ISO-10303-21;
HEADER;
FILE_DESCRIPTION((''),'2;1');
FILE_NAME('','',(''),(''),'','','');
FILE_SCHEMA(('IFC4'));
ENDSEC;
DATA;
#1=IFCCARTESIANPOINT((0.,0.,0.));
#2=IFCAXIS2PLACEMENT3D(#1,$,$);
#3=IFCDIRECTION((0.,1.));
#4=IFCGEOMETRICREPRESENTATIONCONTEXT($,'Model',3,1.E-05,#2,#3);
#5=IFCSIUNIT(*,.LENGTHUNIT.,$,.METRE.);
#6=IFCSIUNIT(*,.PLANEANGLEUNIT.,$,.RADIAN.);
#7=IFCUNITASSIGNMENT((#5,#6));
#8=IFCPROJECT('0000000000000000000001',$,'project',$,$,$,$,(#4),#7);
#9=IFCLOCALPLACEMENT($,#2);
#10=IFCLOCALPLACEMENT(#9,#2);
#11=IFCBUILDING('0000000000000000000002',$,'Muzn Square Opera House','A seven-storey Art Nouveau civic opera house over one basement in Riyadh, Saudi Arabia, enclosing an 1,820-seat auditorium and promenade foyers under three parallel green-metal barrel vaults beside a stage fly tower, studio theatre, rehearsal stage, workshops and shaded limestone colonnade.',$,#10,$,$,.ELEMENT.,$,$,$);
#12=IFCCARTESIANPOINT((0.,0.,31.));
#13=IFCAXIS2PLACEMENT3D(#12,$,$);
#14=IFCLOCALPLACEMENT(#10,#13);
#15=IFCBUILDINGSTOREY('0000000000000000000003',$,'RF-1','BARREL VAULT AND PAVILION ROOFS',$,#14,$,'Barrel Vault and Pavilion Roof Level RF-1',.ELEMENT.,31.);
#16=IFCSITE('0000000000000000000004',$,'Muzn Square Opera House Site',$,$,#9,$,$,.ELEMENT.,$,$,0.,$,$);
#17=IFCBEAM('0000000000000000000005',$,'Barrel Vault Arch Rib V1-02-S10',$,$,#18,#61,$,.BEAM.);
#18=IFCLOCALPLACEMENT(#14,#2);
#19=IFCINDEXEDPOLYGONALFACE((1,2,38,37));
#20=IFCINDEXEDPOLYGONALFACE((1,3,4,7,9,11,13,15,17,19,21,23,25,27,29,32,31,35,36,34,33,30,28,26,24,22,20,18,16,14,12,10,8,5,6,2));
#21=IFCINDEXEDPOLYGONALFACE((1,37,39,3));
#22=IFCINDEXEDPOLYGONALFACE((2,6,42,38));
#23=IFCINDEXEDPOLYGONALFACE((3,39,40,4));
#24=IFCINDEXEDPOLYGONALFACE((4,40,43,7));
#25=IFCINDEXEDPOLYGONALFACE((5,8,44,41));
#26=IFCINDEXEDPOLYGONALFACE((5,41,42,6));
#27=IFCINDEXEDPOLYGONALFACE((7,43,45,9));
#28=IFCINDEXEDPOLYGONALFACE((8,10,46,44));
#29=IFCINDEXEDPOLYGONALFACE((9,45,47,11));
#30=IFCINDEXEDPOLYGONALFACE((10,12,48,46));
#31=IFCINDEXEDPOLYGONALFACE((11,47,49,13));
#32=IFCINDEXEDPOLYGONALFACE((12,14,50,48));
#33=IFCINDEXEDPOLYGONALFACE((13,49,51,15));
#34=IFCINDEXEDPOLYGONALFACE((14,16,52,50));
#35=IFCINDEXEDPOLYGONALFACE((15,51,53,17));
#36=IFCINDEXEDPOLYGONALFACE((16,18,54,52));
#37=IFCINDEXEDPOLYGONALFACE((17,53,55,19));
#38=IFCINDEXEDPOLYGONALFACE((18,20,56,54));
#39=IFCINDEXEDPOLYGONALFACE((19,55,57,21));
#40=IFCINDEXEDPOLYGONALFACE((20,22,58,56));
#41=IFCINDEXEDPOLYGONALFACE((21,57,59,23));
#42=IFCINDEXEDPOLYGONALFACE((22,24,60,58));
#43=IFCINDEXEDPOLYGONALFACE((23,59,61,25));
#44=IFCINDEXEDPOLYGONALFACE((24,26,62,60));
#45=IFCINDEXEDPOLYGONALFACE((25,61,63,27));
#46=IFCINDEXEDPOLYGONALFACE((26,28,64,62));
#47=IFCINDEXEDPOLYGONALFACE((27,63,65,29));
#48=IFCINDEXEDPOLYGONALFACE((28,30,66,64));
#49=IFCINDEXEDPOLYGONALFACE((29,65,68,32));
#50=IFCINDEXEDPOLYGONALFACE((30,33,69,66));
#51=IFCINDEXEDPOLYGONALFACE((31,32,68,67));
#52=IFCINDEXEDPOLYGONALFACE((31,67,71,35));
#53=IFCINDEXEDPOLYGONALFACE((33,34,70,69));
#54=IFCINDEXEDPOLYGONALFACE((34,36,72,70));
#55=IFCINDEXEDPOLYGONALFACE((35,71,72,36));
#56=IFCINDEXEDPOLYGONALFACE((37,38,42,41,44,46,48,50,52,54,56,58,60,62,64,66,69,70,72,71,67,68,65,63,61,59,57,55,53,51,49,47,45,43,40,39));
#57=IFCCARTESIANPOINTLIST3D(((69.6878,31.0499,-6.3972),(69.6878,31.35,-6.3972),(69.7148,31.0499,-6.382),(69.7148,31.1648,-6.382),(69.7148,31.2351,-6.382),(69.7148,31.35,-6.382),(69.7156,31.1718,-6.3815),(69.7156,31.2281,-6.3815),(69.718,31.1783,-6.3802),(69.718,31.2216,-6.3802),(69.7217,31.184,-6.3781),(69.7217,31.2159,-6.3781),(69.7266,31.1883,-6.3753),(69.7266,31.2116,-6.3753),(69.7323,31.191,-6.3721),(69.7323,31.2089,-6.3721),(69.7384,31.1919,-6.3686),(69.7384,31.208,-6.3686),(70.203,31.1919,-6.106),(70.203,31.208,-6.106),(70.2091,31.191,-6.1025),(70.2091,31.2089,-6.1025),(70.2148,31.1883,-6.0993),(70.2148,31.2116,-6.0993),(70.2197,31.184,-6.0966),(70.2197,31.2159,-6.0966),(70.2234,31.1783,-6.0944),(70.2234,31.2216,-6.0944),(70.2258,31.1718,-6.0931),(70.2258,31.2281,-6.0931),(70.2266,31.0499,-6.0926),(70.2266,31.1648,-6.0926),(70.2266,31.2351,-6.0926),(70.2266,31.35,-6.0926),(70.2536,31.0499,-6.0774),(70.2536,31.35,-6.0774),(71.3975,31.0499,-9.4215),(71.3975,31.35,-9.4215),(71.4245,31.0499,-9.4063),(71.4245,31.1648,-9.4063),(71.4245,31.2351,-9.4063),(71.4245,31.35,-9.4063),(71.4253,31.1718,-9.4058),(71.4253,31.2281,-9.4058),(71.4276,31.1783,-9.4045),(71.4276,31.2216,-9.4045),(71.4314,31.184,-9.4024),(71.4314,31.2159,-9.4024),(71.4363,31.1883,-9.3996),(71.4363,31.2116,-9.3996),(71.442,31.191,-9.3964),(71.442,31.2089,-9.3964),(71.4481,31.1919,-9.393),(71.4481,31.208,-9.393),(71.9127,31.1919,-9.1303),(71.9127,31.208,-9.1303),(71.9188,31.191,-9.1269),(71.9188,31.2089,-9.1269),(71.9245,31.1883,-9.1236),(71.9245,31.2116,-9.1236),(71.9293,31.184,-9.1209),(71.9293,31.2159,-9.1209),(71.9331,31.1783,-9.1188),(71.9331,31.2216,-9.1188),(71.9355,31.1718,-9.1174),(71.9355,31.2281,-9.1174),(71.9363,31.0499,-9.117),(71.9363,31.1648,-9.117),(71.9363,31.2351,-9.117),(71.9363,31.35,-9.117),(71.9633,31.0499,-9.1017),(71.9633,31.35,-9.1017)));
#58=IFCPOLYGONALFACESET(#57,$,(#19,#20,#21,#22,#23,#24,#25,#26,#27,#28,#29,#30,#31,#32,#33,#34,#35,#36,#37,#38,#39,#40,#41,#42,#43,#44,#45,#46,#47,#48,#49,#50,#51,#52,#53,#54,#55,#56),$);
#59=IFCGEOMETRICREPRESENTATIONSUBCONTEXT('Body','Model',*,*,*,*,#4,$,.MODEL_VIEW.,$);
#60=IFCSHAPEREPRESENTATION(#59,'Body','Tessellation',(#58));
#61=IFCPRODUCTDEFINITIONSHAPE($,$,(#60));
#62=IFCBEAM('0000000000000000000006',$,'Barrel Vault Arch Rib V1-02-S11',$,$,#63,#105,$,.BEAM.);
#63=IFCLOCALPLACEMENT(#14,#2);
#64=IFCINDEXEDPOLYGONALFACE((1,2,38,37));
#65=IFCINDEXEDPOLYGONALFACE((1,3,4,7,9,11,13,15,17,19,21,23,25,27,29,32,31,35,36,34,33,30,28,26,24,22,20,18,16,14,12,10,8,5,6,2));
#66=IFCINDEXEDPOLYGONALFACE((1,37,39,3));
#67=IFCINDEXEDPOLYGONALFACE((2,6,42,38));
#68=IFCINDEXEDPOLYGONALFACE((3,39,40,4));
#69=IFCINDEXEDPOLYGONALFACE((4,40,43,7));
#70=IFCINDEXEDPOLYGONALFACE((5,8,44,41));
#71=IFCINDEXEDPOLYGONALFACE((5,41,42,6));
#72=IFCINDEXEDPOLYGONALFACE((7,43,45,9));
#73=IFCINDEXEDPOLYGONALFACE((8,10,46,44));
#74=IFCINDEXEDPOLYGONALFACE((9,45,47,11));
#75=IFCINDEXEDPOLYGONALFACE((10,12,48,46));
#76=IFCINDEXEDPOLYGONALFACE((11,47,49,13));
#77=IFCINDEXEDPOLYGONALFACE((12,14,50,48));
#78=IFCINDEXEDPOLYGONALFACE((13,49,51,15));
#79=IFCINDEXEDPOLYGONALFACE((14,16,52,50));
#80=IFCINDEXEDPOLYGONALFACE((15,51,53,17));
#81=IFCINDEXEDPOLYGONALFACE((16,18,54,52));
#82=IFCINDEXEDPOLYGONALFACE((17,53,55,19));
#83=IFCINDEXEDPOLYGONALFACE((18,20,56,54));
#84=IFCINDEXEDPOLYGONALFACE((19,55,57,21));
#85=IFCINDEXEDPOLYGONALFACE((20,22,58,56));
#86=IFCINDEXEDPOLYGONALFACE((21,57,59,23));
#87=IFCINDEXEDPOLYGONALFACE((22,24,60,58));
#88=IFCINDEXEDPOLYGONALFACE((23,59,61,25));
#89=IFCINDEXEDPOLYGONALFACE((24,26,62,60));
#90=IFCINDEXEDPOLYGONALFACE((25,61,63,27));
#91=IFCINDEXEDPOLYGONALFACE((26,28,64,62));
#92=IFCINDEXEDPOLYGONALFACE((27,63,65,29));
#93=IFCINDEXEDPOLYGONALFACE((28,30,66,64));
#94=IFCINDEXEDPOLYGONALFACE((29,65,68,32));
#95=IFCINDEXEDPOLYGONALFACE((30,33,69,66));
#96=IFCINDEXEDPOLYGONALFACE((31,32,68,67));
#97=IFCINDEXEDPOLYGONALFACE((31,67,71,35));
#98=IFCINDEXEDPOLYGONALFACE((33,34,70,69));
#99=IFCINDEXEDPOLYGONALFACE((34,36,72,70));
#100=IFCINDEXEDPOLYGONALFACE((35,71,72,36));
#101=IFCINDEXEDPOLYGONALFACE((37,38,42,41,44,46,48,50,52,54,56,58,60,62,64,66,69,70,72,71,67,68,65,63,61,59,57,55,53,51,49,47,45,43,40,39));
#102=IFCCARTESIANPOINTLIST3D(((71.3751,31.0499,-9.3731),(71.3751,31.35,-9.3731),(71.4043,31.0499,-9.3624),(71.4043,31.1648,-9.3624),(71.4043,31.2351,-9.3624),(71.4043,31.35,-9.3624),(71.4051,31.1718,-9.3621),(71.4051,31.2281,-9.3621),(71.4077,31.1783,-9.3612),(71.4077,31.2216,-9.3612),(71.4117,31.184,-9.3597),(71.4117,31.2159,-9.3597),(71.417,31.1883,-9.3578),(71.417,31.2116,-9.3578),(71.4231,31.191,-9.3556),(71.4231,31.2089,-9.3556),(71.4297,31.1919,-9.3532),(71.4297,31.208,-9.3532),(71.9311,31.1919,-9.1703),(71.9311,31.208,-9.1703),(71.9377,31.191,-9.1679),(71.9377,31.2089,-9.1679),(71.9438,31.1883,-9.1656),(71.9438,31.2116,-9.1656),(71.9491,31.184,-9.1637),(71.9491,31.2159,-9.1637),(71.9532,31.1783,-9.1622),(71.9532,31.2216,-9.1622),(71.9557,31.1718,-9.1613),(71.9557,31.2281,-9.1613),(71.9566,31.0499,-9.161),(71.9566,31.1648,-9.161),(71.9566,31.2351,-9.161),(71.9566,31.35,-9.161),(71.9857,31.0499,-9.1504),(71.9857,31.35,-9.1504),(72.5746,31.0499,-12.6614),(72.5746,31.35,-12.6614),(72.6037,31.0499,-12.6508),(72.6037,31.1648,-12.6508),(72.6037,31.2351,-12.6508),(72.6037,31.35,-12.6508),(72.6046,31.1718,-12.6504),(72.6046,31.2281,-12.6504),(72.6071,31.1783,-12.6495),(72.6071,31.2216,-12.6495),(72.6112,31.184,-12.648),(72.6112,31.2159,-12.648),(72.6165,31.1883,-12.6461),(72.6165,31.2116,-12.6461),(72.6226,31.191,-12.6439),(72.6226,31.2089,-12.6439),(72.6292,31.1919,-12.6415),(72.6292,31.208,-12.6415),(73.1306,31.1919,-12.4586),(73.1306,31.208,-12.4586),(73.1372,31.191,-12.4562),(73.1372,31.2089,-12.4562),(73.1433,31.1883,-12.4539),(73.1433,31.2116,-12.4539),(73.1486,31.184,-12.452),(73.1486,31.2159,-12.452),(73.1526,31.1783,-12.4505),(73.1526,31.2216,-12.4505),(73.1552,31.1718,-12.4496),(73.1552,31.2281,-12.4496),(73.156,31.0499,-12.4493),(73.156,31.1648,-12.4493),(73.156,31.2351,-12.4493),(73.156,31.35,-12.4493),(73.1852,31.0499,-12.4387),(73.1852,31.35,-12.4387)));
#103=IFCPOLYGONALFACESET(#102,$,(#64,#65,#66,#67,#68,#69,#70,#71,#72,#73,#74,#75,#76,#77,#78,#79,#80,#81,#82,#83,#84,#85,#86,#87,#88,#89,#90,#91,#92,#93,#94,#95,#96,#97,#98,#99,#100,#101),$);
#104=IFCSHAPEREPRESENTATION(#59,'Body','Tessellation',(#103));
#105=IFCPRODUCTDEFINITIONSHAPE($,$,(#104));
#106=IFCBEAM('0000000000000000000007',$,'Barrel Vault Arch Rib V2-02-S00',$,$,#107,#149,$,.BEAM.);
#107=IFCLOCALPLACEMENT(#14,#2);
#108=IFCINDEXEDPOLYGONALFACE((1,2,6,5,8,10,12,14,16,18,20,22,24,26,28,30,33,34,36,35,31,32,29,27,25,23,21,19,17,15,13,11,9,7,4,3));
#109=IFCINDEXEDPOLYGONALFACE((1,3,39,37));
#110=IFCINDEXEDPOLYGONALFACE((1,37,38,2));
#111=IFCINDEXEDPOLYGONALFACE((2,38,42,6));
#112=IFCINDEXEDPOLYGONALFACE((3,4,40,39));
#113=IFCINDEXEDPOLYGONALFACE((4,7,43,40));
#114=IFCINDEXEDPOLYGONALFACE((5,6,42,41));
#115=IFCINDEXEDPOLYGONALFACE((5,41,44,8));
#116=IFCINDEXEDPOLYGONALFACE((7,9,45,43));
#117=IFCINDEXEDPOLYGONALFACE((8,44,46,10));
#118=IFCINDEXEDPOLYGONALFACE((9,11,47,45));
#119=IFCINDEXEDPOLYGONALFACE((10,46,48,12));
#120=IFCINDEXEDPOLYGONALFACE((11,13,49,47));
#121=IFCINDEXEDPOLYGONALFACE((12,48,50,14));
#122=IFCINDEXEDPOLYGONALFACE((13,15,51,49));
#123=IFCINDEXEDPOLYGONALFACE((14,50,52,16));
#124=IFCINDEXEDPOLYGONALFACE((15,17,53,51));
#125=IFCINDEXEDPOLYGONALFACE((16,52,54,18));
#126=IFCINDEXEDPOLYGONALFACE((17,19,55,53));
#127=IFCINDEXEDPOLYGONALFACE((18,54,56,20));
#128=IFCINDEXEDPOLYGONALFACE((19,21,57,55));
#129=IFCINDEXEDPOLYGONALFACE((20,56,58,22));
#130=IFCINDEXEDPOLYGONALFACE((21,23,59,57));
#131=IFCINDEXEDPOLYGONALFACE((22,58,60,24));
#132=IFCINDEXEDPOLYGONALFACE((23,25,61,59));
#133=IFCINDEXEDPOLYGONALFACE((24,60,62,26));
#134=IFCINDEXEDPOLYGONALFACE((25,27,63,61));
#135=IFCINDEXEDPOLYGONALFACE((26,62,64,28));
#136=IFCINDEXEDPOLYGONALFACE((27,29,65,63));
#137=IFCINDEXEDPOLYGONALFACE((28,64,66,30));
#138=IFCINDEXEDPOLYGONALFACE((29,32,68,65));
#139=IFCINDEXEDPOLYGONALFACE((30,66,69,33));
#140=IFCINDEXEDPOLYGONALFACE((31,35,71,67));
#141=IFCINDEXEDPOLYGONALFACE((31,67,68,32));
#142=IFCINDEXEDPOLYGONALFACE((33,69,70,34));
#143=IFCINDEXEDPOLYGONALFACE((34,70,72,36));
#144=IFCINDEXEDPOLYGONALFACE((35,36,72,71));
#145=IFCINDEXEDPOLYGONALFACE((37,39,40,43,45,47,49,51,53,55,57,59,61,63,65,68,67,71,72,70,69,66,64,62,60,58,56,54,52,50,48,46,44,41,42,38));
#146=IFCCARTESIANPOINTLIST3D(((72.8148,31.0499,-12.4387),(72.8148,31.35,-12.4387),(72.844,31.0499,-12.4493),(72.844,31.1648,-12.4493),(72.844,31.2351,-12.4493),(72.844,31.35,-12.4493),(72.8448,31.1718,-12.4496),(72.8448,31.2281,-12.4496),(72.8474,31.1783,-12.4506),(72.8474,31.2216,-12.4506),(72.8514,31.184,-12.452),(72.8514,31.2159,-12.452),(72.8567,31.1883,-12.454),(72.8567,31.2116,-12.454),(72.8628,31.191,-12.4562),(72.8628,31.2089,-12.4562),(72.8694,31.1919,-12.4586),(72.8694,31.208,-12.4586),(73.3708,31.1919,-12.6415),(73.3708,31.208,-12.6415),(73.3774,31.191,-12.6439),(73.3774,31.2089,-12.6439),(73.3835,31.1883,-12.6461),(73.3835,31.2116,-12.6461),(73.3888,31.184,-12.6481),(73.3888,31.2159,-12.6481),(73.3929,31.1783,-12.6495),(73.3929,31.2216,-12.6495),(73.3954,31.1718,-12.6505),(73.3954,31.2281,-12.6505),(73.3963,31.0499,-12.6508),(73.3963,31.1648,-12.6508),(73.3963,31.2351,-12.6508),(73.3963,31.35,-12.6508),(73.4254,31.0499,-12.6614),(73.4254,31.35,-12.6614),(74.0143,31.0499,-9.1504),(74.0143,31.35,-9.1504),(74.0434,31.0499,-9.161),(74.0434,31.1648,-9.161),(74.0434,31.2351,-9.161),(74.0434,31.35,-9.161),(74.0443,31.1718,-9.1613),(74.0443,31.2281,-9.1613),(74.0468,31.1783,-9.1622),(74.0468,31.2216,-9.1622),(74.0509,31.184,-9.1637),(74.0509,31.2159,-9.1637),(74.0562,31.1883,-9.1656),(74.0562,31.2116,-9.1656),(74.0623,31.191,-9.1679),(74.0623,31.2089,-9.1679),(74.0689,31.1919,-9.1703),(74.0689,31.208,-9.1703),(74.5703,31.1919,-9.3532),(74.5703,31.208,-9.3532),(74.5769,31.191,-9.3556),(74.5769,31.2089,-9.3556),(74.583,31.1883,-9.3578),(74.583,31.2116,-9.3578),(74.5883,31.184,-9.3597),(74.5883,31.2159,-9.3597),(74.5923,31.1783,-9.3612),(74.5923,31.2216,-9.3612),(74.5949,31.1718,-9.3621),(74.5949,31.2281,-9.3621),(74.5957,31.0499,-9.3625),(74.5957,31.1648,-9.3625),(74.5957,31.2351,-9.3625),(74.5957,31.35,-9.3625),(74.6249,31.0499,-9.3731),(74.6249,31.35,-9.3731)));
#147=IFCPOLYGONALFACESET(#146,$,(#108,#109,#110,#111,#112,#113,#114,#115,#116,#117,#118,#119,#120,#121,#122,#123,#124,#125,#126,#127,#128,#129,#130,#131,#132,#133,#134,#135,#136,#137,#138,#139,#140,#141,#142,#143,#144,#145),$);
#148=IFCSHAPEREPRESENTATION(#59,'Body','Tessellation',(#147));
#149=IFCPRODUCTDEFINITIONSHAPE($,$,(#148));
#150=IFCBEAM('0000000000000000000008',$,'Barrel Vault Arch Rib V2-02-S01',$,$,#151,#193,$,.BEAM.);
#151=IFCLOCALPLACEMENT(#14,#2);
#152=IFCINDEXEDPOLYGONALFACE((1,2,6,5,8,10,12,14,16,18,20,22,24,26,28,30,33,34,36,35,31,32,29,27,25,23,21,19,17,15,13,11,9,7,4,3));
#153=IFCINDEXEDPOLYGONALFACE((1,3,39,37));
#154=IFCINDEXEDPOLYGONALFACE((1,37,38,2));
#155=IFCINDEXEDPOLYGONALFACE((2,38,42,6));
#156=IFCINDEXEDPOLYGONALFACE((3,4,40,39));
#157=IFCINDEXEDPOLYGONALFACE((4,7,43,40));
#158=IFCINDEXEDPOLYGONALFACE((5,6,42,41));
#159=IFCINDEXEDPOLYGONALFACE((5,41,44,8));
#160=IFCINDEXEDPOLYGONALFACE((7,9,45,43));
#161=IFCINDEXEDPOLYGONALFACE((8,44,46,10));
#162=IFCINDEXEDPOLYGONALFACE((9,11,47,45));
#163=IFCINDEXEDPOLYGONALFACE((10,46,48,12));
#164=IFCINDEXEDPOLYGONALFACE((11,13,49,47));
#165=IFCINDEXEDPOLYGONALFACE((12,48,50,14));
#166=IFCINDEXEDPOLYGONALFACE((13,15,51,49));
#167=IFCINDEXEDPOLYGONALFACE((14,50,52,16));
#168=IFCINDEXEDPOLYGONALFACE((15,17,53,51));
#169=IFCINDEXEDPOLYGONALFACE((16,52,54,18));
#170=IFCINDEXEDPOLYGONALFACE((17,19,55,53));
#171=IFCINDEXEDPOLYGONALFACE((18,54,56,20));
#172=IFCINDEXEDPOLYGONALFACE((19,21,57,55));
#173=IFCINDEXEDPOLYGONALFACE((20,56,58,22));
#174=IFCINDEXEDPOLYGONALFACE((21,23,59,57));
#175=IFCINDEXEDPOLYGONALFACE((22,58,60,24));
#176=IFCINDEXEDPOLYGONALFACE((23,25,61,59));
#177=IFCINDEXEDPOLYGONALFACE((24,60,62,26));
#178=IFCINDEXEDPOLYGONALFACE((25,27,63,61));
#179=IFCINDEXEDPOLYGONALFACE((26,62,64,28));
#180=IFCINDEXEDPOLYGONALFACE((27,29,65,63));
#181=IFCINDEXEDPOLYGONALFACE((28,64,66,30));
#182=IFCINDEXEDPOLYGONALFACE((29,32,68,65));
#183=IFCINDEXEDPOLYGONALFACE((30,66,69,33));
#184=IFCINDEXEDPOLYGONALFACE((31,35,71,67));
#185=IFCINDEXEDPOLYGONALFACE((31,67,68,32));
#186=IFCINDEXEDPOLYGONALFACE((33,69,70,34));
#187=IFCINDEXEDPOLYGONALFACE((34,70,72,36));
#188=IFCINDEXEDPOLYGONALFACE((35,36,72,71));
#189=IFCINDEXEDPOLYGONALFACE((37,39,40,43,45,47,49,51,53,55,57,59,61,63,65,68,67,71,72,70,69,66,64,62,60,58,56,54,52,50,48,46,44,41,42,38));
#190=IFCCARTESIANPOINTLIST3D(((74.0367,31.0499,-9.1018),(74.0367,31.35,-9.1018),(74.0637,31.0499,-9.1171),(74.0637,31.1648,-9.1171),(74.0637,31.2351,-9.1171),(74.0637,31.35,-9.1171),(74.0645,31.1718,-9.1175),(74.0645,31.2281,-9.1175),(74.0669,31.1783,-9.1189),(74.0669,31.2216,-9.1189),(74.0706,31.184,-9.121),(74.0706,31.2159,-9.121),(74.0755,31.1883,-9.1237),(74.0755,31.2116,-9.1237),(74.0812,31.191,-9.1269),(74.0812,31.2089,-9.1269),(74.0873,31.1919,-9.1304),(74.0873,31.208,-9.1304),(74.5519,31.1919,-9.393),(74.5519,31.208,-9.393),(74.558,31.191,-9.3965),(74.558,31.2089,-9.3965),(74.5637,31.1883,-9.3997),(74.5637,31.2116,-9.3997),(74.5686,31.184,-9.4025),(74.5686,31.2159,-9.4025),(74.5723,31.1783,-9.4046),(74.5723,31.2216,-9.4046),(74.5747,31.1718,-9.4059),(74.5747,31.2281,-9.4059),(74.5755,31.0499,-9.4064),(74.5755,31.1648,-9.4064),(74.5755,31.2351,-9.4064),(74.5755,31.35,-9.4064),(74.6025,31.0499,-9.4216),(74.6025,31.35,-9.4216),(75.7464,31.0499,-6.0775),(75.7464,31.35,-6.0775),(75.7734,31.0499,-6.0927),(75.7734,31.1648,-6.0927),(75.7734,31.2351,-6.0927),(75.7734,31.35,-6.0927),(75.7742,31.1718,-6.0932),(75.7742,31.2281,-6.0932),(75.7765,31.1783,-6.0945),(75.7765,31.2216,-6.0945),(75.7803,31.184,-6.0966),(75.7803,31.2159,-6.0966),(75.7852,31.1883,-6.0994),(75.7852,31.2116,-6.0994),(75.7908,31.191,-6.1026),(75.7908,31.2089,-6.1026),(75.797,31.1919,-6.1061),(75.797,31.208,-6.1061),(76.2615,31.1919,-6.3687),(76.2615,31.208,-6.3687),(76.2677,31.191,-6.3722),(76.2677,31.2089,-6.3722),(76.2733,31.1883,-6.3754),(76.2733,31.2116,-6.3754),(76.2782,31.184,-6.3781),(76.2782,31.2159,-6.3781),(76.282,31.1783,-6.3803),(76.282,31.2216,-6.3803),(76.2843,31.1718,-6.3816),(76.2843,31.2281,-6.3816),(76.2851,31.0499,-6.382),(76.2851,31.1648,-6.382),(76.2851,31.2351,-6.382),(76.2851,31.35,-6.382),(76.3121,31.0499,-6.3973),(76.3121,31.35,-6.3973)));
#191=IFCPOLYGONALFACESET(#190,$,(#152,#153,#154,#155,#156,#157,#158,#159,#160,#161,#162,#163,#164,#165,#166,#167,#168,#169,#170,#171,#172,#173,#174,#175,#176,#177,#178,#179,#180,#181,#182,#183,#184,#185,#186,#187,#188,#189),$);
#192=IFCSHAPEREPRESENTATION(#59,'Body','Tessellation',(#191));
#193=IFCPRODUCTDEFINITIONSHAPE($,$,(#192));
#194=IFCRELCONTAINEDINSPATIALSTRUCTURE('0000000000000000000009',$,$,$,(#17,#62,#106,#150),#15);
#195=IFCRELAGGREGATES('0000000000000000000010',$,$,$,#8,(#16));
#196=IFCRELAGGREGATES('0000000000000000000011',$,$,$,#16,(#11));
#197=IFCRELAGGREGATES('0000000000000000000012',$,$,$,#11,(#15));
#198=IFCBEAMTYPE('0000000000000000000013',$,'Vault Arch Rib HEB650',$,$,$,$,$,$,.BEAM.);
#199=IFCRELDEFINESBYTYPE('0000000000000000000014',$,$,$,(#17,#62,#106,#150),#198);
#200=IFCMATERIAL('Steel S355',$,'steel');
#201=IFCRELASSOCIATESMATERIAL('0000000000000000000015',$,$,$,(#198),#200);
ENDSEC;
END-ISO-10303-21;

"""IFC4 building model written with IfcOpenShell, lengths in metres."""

from ifc_helpers import new_model, si_unit, direction, frame, origin, origin_2d, place, context, subcontext, project, spatial, i_section, extrude, material, material_profile, profile_set, type_object, element, save


model = new_model("IFC4")

# Units and contexts
model_context = context("Model", 3, precision=1e-05, world=origin(), true_north=direction((0.0, 1.0)))
body_context = subcontext(model_context, "Body", "Model", "MODEL_VIEW")
ifc_project = project(units=[si_unit("LENGTHUNIT", "METRE"), si_unit("PLANEANGLEUNIT", "RADIAN")], contexts=[model_context])

# Site, building, storey
site_placement = place(None, origin())
site = spatial("IfcSite", under=ifc_project, at=site_placement, Name="Muzn Square Opera House Site", CompositionType="ELEMENT", RefElevation=0.0)
building_placement = place(site_placement, origin())
building = spatial("IfcBuilding", under=site, at=building_placement, Name="Muzn Square Opera House", Description="A seven-storey Art Nouveau civic opera house over one basement in Riyadh, Saudi Arabia, enclosing an 1,820-seat auditorium and promenade foyers under three parallel green-metal barrel vaults beside a stage fly tower, studio theatre, rehearsal stage, workshops and shaded limestone colonnade.", CompositionType="ELEMENT")
storey_placement = place(building_placement, frame((0.0, 0.0, 31.0)))
storey = spatial("IfcBuildingStorey", under=building, at=storey_placement, Name="RF-1", Description="BARREL VAULT AND PAVILION ROOFS", LongName="Barrel Vault and Pavilion Roof Level RF-1", CompositionType="ELEMENT", Elevation=31.0)

# Beams
ifc_material_1 = material(Name="Steel S355", Category="steel")
ifc_material_profile_1 = material_profile(ifc_material_1, i_section(OverallWidth=0.3, OverallDepth=0.6499, WebThickness=0.0161, FlangeThickness=0.031, FilletRadius=0.0271, at=origin_2d()), Name="HEB 650", Category="steel")
ifc_profile_set_1 = profile_set([ifc_material_profile_1], Name="Steel S355")
beam_type_1 = type_object("IfcBeamType", Name="Vault Arch Rib HEB650", PredefinedType="BEAM", material=ifc_profile_set_1)
beam_1_placement = place(storey_placement, frame((69.9707, 31.2, -6.2373), z_axis=(0.492115, 0.0, -0.87053), x_axis=(0.0, 1.0, 0.0)))
element("IfcBeam", 1, at=beam_1_placement, inside=storey, type_object=beam_type_1, Name="Barrel Vault Arch Rib V1-02-S10", PredefinedType="BEAM", context=body_context, shape_type="SweptSolid", body=[
    extrude(i_section(OverallWidth=0.3, OverallDepth=0.6499, WebThickness=0.0161, FlangeThickness=0.031, FilletRadius=0.0271, at=origin_2d()), origin(), (0.0, 0.0, 1.0), 3.4741),
])
for number, where, z_axis, x_axis, name in (
    (2, (71.6804, 31.2, -9.2617), (0.342678, 0.0, -0.939453), (0.0, 1.0, 0.0), "Barrel Vault Arch Rib V1-02-S11"),
    (3, (73.1201, 31.2, -12.55), (0.342678, 0.0, 0.939453), (0.0, 1.0, 0.0), "Barrel Vault Arch Rib V2-02-S00"),
):
    element("IfcBeam", number, at=place(storey_placement, frame(where, z_axis=z_axis, x_axis=x_axis)), inside=storey, type_object=beam_type_1, Name=name, PredefinedType="BEAM", context=body_context, shape_type="SweptSolid", body=[
        extrude(i_section(OverallWidth=0.3, OverallDepth=0.6499, WebThickness=0.0161, FlangeThickness=0.031, FilletRadius=0.0271, at=origin_2d()), origin(), (0.0, 0.0, 1.0), 3.5002),
    ])
beam_2_placement = place(storey_placement, frame((74.3196, 31.2, -9.2617), z_axis=(0.492115, 0.0, 0.87053), x_axis=(0.0, 1.0, 0.0)))
element("IfcBeam", 4, at=beam_2_placement, inside=storey, type_object=beam_type_1, Name="Barrel Vault Arch Rib V2-02-S01", PredefinedType="BEAM", context=body_context, shape_type="SweptSolid", body=[
    extrude(i_section(OverallWidth=0.3, OverallDepth=0.6499, WebThickness=0.0161, FlangeThickness=0.031, FilletRadius=0.0271, at=origin_2d()), origin(), (0.0, 0.0, 1.0), 3.4741),
])

save(model, "model.ifc")
